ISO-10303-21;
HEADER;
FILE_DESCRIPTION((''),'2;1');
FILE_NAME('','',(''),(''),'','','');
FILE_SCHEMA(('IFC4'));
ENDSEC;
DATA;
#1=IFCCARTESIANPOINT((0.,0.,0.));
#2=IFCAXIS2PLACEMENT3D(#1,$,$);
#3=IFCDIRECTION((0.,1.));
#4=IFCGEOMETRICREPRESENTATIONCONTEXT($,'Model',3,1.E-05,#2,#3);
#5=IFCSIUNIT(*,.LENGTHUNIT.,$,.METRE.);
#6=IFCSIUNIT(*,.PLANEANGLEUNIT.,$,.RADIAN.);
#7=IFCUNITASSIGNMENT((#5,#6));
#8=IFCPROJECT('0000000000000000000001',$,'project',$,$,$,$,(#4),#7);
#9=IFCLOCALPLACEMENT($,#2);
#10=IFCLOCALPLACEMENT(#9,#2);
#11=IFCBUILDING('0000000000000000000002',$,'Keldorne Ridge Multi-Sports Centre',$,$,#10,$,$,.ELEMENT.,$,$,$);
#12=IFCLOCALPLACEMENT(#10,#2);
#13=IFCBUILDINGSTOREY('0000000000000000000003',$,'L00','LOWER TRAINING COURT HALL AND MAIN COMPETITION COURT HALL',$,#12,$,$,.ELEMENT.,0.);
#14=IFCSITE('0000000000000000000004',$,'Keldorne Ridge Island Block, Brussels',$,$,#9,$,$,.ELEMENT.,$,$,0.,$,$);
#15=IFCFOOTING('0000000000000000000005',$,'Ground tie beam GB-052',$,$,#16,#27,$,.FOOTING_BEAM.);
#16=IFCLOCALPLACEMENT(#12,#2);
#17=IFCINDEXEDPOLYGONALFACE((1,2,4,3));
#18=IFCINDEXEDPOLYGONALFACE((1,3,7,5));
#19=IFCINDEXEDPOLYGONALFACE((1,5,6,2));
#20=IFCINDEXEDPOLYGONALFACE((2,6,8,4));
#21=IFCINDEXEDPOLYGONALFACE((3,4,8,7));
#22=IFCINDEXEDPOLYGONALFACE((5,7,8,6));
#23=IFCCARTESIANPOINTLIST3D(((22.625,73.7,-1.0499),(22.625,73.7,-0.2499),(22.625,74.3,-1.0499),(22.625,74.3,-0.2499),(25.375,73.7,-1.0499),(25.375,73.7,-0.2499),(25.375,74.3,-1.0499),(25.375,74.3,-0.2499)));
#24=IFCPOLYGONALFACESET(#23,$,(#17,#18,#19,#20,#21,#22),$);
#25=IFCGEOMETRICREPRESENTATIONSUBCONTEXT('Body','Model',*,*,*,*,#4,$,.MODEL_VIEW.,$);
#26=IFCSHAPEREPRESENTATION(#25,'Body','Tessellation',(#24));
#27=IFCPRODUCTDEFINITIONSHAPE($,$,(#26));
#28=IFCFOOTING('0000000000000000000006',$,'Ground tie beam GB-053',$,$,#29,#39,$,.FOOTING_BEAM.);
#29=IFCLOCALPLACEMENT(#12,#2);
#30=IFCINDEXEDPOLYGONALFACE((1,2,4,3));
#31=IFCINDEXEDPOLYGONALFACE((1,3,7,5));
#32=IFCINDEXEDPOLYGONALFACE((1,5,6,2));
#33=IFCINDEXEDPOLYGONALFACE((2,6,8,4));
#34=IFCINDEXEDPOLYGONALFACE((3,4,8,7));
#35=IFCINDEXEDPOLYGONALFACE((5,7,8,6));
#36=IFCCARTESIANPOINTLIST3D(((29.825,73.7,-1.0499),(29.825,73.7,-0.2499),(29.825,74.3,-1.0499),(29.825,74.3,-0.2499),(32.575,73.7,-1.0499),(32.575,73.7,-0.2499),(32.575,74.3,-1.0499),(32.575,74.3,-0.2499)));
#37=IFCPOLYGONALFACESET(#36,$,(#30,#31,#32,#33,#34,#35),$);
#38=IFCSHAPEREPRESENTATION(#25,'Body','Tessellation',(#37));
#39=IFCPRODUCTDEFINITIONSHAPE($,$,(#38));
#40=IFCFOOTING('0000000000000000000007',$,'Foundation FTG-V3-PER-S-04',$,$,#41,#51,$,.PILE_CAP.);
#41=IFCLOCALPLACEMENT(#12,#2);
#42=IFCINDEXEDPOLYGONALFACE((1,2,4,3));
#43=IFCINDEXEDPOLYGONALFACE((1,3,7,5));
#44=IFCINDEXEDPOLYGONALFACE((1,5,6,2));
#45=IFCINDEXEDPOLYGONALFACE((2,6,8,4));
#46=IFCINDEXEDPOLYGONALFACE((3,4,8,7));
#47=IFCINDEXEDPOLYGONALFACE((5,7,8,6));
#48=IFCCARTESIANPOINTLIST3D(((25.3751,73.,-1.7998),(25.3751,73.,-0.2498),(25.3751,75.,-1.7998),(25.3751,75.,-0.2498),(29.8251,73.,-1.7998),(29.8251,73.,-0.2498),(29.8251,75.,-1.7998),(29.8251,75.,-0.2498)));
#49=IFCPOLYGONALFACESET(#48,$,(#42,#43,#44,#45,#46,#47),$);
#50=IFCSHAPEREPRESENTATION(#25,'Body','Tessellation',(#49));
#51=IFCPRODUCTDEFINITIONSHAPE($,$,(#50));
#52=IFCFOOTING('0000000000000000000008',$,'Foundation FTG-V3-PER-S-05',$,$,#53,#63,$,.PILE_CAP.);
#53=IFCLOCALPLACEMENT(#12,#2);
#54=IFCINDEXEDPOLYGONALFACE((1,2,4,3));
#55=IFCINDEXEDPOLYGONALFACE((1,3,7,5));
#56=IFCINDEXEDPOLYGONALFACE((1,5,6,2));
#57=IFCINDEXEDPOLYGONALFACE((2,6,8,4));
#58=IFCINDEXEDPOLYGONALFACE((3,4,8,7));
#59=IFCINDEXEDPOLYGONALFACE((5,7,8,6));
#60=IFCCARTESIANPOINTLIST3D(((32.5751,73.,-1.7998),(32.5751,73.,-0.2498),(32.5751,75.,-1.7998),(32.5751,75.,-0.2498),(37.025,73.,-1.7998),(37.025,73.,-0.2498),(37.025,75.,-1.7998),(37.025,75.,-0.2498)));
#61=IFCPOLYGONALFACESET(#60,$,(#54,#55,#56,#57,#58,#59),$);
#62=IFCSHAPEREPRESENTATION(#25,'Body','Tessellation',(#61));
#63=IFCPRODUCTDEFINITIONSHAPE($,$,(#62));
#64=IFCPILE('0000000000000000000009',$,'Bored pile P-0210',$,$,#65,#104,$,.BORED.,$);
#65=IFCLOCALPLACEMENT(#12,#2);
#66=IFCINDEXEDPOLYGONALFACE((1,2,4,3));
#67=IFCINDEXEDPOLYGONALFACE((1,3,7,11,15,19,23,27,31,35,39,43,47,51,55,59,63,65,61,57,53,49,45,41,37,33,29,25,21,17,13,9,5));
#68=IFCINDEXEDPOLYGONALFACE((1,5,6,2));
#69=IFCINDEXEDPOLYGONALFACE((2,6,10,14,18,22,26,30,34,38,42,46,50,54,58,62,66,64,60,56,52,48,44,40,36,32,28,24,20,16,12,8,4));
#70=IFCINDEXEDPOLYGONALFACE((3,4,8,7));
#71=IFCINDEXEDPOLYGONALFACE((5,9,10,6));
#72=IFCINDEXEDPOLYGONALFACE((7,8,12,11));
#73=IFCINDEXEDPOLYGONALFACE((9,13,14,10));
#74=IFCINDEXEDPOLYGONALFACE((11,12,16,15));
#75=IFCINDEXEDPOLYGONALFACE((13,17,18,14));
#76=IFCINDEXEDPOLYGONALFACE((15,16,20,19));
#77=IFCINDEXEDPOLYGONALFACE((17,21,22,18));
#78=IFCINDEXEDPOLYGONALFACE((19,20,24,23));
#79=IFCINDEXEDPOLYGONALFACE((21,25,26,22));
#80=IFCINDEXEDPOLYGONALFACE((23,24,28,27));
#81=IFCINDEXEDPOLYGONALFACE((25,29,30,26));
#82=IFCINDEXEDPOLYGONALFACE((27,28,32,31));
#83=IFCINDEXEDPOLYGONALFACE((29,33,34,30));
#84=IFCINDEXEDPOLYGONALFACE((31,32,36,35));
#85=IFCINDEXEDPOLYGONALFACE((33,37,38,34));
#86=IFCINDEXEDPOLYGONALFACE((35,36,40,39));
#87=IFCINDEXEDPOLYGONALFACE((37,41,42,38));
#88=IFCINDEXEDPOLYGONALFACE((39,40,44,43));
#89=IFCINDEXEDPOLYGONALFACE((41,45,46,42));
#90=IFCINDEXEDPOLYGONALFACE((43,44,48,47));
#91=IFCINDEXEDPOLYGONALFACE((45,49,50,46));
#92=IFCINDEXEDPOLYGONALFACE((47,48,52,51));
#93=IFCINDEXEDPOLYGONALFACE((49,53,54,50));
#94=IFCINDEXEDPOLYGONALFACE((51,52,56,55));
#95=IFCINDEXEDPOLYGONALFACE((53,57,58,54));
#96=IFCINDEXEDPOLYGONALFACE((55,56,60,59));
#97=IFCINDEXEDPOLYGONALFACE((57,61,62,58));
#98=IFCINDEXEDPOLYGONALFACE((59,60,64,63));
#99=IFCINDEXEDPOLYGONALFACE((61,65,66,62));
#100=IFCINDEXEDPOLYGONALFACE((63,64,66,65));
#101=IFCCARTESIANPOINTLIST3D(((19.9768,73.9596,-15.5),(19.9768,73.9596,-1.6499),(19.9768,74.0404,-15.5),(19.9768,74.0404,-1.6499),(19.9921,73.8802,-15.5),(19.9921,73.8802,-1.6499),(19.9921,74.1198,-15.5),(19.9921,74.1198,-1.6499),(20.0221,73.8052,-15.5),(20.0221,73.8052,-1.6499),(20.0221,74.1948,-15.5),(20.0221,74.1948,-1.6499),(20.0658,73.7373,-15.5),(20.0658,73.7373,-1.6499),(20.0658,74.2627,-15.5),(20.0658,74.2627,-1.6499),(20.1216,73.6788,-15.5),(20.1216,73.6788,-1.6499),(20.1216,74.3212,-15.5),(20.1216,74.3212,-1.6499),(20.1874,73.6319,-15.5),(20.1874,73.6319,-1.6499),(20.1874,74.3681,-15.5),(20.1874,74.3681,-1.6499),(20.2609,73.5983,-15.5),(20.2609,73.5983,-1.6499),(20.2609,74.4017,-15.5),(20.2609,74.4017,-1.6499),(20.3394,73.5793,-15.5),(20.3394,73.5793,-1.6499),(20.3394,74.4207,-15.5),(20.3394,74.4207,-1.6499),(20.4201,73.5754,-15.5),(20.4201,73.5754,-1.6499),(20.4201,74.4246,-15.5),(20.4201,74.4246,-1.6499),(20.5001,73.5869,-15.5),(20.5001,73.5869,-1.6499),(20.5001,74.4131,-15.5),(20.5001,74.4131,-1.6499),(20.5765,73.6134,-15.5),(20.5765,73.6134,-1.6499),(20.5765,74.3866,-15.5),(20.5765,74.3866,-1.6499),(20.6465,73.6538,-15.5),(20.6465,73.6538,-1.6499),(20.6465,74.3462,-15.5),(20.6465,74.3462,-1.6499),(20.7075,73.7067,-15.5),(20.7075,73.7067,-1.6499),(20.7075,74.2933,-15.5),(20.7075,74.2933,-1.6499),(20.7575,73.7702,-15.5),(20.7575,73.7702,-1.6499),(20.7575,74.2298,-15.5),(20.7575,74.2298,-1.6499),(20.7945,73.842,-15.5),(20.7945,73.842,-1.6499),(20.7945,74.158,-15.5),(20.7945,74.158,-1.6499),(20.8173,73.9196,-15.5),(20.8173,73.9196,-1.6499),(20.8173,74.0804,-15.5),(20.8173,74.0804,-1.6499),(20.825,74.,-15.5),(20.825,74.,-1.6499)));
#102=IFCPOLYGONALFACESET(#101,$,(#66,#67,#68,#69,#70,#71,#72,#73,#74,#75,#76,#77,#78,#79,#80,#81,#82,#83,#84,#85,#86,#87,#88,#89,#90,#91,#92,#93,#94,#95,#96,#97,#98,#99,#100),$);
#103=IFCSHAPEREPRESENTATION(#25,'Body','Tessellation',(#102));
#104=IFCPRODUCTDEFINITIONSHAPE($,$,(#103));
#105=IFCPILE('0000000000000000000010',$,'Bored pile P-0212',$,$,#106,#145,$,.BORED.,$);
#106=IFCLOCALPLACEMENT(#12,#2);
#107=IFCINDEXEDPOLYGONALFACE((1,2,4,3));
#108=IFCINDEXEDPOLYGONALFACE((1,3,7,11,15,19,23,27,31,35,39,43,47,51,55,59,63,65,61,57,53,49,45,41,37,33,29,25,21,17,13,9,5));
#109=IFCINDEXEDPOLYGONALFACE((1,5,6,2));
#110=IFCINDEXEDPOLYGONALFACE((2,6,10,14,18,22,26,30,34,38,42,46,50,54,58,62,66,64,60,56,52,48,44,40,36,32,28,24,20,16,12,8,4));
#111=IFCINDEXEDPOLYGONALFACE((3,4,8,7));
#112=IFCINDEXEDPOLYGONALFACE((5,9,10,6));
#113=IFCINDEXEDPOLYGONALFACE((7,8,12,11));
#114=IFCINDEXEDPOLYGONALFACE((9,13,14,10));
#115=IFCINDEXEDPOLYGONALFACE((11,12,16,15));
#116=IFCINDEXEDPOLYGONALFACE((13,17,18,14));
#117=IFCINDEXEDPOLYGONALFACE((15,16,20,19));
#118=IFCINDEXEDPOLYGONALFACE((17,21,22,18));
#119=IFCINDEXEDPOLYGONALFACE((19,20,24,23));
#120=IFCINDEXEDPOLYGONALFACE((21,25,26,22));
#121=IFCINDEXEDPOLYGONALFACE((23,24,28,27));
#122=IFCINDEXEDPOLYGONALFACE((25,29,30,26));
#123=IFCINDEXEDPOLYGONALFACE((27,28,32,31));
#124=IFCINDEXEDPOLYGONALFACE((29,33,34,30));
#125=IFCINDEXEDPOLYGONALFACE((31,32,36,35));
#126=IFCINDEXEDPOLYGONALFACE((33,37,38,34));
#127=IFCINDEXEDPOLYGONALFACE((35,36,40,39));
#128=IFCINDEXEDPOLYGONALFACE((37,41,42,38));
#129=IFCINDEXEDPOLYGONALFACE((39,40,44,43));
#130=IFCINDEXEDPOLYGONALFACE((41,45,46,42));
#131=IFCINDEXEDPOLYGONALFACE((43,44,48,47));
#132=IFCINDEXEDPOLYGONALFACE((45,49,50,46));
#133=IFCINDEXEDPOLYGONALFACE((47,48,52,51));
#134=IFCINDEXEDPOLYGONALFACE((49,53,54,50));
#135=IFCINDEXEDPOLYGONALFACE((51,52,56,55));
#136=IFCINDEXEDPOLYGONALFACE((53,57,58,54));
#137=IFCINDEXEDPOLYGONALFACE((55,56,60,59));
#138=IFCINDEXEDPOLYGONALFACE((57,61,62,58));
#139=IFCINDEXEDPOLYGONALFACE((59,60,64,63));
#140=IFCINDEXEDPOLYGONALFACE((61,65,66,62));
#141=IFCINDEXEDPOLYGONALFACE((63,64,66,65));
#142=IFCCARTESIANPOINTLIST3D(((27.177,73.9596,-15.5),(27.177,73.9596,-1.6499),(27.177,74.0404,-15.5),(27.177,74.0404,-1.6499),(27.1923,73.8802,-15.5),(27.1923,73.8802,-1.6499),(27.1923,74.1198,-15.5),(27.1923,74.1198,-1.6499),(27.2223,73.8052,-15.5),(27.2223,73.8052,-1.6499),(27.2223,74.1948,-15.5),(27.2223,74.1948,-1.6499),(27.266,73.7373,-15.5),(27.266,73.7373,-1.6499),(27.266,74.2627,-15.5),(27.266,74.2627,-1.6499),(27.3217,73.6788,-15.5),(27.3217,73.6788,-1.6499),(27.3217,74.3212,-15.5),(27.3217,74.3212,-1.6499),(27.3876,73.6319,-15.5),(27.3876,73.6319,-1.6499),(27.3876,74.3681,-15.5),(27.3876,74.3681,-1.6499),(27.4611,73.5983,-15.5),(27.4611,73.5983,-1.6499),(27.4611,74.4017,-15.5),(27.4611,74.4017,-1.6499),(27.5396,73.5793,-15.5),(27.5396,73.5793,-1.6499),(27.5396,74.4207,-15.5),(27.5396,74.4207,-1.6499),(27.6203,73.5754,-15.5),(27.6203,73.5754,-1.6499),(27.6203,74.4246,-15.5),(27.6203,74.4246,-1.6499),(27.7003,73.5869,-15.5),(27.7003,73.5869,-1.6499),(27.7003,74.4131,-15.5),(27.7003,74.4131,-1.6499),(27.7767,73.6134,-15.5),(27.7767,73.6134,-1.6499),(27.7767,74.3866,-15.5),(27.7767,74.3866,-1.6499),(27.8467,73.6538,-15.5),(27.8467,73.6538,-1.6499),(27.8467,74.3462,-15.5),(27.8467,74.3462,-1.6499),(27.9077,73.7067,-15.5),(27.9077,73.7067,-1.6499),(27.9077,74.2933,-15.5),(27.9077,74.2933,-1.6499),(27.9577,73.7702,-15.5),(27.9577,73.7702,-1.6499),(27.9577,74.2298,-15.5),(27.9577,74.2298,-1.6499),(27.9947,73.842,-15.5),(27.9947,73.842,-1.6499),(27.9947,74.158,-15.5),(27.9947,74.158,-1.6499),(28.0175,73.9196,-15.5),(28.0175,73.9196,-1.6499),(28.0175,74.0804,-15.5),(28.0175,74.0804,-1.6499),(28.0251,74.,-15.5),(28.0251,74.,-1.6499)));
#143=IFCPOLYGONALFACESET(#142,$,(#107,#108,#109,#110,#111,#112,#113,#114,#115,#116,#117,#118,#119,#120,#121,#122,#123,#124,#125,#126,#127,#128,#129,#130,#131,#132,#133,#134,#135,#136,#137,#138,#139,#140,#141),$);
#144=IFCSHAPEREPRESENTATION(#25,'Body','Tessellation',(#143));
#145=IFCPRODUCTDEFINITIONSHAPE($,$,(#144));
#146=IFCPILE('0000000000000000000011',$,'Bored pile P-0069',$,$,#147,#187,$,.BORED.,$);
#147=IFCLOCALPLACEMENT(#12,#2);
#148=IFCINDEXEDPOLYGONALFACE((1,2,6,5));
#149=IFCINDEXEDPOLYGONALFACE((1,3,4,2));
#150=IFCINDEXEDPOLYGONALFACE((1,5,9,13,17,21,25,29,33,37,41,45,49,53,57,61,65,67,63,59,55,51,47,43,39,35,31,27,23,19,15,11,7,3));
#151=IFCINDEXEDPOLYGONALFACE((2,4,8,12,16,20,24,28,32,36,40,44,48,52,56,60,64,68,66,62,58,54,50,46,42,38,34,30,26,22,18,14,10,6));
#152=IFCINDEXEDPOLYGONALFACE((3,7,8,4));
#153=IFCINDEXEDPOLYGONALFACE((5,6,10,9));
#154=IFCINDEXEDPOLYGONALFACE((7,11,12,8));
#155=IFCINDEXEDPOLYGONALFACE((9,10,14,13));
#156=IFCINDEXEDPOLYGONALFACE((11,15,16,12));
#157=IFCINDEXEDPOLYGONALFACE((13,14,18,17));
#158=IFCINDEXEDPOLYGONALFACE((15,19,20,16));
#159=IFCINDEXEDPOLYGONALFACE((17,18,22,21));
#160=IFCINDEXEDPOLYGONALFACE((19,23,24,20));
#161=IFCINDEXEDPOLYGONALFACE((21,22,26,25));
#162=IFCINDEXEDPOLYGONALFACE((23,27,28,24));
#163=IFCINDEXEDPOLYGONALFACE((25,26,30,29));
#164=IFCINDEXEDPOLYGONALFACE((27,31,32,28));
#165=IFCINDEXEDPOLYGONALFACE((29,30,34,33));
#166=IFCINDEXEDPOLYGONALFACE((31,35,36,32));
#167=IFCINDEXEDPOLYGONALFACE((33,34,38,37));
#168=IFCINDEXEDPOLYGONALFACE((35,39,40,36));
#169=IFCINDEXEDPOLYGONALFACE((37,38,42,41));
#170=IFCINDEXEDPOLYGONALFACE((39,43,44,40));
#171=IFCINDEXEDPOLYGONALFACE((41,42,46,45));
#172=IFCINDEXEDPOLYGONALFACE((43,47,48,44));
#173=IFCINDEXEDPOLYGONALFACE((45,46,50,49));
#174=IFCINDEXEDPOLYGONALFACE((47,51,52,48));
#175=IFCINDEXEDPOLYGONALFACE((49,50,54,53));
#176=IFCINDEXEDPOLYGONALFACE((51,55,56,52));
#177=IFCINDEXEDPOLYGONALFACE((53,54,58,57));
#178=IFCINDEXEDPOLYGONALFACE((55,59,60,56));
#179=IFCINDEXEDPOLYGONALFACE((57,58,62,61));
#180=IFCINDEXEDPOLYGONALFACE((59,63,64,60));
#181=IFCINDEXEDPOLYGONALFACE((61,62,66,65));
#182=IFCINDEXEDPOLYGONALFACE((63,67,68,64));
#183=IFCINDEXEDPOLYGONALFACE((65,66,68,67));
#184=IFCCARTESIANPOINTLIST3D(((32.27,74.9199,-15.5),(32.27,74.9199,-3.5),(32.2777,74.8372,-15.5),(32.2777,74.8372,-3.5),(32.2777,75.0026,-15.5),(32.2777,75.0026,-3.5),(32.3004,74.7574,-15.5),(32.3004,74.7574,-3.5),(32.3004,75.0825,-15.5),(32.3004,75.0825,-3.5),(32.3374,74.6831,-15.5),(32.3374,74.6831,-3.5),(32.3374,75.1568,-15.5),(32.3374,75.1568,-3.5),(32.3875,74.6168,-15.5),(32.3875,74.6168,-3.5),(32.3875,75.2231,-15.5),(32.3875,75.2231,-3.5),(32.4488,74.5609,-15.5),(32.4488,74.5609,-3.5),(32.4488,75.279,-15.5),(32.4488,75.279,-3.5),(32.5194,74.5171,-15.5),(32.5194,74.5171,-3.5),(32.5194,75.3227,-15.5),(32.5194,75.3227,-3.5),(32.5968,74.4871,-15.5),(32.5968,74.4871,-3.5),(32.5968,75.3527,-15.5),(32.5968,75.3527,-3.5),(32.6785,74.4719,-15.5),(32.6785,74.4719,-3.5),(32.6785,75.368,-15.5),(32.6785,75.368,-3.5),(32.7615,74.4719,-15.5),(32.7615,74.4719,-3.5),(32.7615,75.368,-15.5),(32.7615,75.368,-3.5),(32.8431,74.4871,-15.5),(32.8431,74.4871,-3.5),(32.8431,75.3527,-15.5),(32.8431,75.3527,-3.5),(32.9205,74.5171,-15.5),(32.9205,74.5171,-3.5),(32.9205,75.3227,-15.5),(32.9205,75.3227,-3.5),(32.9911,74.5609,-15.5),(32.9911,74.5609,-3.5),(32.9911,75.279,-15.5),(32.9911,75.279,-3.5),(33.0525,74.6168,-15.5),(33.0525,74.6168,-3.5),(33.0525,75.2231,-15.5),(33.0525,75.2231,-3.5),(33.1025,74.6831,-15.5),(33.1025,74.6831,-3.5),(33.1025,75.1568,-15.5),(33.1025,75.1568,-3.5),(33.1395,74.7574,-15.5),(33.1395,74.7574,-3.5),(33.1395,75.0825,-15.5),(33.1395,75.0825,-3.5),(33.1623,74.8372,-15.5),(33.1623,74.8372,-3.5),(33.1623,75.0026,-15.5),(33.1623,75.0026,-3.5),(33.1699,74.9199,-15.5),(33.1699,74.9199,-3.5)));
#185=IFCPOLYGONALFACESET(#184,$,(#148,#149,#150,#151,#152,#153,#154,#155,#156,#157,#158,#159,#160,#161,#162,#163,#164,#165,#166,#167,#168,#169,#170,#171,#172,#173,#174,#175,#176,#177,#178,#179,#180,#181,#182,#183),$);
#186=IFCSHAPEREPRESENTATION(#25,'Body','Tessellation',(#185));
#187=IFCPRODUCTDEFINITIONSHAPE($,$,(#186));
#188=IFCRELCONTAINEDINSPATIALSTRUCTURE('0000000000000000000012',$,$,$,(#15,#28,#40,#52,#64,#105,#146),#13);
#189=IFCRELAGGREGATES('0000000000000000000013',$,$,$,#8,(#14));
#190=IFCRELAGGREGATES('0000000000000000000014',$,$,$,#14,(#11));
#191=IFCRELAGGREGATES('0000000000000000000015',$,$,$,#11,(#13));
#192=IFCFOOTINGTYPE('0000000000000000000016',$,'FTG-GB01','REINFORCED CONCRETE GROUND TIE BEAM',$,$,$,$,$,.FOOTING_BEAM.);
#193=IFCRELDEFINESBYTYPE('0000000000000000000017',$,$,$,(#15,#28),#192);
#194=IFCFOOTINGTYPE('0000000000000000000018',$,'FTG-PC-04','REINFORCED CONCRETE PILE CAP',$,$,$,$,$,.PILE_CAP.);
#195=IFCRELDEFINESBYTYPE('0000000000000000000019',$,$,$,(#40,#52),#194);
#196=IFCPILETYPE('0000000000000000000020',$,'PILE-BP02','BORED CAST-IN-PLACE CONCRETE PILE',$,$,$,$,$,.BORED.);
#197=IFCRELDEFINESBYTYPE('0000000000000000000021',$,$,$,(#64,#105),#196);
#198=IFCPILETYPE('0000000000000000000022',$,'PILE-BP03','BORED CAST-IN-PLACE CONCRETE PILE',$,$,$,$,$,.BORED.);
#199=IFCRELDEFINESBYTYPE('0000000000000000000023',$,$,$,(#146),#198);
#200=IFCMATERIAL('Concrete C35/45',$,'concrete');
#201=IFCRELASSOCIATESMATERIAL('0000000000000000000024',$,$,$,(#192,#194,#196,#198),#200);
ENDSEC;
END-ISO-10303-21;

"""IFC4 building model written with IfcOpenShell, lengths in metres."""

from ifc_helpers import new_model, si_unit, direction, frame, origin, origin_2d, place, context, subcontext, project, spatial, rectangle, circle, extrude, material, material_profile, profile_set, type_object, element, save


model = new_model("IFC4")

# Units and contexts
model_context = context("Model", 3, precision=1e-05, world=origin(), true_north=direction((0.0, 1.0)))
body_context = subcontext(model_context, "Body", "Model", "MODEL_VIEW")
ifc_project = project(units=[si_unit("LENGTHUNIT", "METRE"), si_unit("PLANEANGLEUNIT", "RADIAN")], contexts=[model_context])

# Site, building, storey
site_placement = place(None, origin())
site = spatial("IfcSite", under=ifc_project, at=site_placement, Name="Keldorne Ridge Island Block, Brussels", CompositionType="ELEMENT", RefElevation=0.0)
building_placement = place(site_placement, origin())
building = spatial("IfcBuilding", under=site, at=building_placement, Name="Keldorne Ridge Multi-Sports Centre", CompositionType="ELEMENT")
storey_placement = place(building_placement, origin())
storey = spatial("IfcBuildingStorey", under=building, at=storey_placement, Name="L00", Description="LOWER TRAINING COURT HALL AND MAIN COMPETITION COURT HALL", CompositionType="ELEMENT", Elevation=0.0)

# Footings
ifc_material_1 = material(Name="Concrete C35/45", Category="concrete")
ifc_material_profile_1 = material_profile(ifc_material_1, rectangle(XDim=0.6001, YDim=0.8, at=origin_2d()), Name="GB 600x800")
ifc_profile_set_1 = profile_set([ifc_material_profile_1], Name="Concrete C35/45")
footing_type_1 = type_object("IfcFootingType", Name="FTG-GB01", Description="REINFORCED CONCRETE GROUND TIE BEAM", PredefinedType="FOOTING_BEAM", material=ifc_profile_set_1)
for number, where, z_axis, x_axis, name in (
    (1, (22.625, 74.0, -0.6499), (1.0, 0.0, 0.0), (0.0, 1.0, 0.0), "Ground tie beam GB-052"),
    (2, (29.825, 74.0, -0.6499), (1.0, 0.0, 0.0), (0.0, 1.0, 0.0), "Ground tie beam GB-053"),
):
    element("IfcFooting", number, at=place(storey_placement, frame(where, z_axis=z_axis, x_axis=x_axis)), inside=storey, type_object=footing_type_1, Name=name, PredefinedType="FOOTING_BEAM", context=body_context, shape_type="SweptSolid", body=[
        extrude(rectangle(XDim=0.6001, YDim=0.8, at=origin_2d()), origin(), (0.0, 0.0, 1.0), 2.75),
    ])
footing_type_2 = type_object("IfcFootingType", Name="FTG-PC-04", Description="REINFORCED CONCRETE PILE CAP", PredefinedType="PILE_CAP", material=ifc_material_1)
for number, where, z_axis, x_axis, name in (
    (3, (27.6001, 74.0, -1.7998), (0.0, 0.0, 1.0), (1.0, 0.0, 0.0), "Foundation FTG-V3-PER-S-04"),
    (4, (34.8, 74.0, -1.7998), (0.0, 0.0, 1.0), (1.0, 0.0, 0.0), "Foundation FTG-V3-PER-S-05"),
):
    element("IfcFooting", number, at=place(storey_placement, frame(where, z_axis=z_axis, x_axis=x_axis)), inside=storey, type_object=footing_type_2, Name=name, PredefinedType="PILE_CAP", context=body_context, shape_type="SweptSolid", body=[
        extrude(rectangle(XDim=4.45, YDim=2.0, at=origin_2d()), origin(), (0.0, 0.0, 1.0), 1.55),
    ])

# Piles
ifc_material_profile_2 = material_profile(ifc_material_1, circle(Radius=0.425, at=origin_2d()), Name="BORED PILE D850")
ifc_profile_set_2 = profile_set([ifc_material_profile_2], Name="Concrete C35/45")
pile_type_1 = type_object("IfcPileType", Name="PILE-BP02", Description="BORED CAST-IN-PLACE CONCRETE PILE", PredefinedType="BORED", material=ifc_profile_set_2)
for number, where, z_axis, x_axis, name in (
    (5, (20.3999, 74.0, -1.6499), (0.0, 0.0, -1.0), (1.0, 0.0, 0.0), "Bored pile P-0210"),
    (6, (27.6001, 74.0, -1.6499), (0.0, 0.0, -1.0), (1.0, 0.0, 0.0), "Bored pile P-0212"),
):
    element("IfcPile", number, at=place(storey_placement, frame(where, z_axis=z_axis, x_axis=x_axis)), inside=storey, type_object=pile_type_1, Name=name, PredefinedType="BORED", context=body_context, shape_type="SweptSolid", body=[
        extrude(circle(Radius=0.425, at=origin_2d()), origin(), (0.0, 0.0, 1.0), 13.8501),
    ])
ifc_material_profile_3 = material_profile(ifc_material_1, circle(Radius=0.45, at=origin_2d()), Name="BORED PILE D900")
ifc_profile_set_3 = profile_set([ifc_material_profile_3], Name="Concrete C35/45")
pile_type_2 = type_object("IfcPileType", Name="PILE-BP03", Description="BORED CAST-IN-PLACE CONCRETE PILE", PredefinedType="BORED", material=ifc_profile_set_3)
for number, where, z_axis, x_axis, name in (
    (7, (32.72, 74.9199, -3.5), (0.0, 0.0, -1.0), (1.0, 0.0, 0.0), "Bored pile P-0069"),
):
    element("IfcPile", number, at=place(storey_placement, frame(where, z_axis=z_axis, x_axis=x_axis)), inside=storey, type_object=pile_type_2, Name=name, PredefinedType="BORED", context=body_context, shape_type="SweptSolid", body=[
        extrude(circle(Radius=0.45, at=origin_2d()), origin(), (0.0, 0.0, 1.0), 12.0),
    ])

save(model, "model.ifc")
